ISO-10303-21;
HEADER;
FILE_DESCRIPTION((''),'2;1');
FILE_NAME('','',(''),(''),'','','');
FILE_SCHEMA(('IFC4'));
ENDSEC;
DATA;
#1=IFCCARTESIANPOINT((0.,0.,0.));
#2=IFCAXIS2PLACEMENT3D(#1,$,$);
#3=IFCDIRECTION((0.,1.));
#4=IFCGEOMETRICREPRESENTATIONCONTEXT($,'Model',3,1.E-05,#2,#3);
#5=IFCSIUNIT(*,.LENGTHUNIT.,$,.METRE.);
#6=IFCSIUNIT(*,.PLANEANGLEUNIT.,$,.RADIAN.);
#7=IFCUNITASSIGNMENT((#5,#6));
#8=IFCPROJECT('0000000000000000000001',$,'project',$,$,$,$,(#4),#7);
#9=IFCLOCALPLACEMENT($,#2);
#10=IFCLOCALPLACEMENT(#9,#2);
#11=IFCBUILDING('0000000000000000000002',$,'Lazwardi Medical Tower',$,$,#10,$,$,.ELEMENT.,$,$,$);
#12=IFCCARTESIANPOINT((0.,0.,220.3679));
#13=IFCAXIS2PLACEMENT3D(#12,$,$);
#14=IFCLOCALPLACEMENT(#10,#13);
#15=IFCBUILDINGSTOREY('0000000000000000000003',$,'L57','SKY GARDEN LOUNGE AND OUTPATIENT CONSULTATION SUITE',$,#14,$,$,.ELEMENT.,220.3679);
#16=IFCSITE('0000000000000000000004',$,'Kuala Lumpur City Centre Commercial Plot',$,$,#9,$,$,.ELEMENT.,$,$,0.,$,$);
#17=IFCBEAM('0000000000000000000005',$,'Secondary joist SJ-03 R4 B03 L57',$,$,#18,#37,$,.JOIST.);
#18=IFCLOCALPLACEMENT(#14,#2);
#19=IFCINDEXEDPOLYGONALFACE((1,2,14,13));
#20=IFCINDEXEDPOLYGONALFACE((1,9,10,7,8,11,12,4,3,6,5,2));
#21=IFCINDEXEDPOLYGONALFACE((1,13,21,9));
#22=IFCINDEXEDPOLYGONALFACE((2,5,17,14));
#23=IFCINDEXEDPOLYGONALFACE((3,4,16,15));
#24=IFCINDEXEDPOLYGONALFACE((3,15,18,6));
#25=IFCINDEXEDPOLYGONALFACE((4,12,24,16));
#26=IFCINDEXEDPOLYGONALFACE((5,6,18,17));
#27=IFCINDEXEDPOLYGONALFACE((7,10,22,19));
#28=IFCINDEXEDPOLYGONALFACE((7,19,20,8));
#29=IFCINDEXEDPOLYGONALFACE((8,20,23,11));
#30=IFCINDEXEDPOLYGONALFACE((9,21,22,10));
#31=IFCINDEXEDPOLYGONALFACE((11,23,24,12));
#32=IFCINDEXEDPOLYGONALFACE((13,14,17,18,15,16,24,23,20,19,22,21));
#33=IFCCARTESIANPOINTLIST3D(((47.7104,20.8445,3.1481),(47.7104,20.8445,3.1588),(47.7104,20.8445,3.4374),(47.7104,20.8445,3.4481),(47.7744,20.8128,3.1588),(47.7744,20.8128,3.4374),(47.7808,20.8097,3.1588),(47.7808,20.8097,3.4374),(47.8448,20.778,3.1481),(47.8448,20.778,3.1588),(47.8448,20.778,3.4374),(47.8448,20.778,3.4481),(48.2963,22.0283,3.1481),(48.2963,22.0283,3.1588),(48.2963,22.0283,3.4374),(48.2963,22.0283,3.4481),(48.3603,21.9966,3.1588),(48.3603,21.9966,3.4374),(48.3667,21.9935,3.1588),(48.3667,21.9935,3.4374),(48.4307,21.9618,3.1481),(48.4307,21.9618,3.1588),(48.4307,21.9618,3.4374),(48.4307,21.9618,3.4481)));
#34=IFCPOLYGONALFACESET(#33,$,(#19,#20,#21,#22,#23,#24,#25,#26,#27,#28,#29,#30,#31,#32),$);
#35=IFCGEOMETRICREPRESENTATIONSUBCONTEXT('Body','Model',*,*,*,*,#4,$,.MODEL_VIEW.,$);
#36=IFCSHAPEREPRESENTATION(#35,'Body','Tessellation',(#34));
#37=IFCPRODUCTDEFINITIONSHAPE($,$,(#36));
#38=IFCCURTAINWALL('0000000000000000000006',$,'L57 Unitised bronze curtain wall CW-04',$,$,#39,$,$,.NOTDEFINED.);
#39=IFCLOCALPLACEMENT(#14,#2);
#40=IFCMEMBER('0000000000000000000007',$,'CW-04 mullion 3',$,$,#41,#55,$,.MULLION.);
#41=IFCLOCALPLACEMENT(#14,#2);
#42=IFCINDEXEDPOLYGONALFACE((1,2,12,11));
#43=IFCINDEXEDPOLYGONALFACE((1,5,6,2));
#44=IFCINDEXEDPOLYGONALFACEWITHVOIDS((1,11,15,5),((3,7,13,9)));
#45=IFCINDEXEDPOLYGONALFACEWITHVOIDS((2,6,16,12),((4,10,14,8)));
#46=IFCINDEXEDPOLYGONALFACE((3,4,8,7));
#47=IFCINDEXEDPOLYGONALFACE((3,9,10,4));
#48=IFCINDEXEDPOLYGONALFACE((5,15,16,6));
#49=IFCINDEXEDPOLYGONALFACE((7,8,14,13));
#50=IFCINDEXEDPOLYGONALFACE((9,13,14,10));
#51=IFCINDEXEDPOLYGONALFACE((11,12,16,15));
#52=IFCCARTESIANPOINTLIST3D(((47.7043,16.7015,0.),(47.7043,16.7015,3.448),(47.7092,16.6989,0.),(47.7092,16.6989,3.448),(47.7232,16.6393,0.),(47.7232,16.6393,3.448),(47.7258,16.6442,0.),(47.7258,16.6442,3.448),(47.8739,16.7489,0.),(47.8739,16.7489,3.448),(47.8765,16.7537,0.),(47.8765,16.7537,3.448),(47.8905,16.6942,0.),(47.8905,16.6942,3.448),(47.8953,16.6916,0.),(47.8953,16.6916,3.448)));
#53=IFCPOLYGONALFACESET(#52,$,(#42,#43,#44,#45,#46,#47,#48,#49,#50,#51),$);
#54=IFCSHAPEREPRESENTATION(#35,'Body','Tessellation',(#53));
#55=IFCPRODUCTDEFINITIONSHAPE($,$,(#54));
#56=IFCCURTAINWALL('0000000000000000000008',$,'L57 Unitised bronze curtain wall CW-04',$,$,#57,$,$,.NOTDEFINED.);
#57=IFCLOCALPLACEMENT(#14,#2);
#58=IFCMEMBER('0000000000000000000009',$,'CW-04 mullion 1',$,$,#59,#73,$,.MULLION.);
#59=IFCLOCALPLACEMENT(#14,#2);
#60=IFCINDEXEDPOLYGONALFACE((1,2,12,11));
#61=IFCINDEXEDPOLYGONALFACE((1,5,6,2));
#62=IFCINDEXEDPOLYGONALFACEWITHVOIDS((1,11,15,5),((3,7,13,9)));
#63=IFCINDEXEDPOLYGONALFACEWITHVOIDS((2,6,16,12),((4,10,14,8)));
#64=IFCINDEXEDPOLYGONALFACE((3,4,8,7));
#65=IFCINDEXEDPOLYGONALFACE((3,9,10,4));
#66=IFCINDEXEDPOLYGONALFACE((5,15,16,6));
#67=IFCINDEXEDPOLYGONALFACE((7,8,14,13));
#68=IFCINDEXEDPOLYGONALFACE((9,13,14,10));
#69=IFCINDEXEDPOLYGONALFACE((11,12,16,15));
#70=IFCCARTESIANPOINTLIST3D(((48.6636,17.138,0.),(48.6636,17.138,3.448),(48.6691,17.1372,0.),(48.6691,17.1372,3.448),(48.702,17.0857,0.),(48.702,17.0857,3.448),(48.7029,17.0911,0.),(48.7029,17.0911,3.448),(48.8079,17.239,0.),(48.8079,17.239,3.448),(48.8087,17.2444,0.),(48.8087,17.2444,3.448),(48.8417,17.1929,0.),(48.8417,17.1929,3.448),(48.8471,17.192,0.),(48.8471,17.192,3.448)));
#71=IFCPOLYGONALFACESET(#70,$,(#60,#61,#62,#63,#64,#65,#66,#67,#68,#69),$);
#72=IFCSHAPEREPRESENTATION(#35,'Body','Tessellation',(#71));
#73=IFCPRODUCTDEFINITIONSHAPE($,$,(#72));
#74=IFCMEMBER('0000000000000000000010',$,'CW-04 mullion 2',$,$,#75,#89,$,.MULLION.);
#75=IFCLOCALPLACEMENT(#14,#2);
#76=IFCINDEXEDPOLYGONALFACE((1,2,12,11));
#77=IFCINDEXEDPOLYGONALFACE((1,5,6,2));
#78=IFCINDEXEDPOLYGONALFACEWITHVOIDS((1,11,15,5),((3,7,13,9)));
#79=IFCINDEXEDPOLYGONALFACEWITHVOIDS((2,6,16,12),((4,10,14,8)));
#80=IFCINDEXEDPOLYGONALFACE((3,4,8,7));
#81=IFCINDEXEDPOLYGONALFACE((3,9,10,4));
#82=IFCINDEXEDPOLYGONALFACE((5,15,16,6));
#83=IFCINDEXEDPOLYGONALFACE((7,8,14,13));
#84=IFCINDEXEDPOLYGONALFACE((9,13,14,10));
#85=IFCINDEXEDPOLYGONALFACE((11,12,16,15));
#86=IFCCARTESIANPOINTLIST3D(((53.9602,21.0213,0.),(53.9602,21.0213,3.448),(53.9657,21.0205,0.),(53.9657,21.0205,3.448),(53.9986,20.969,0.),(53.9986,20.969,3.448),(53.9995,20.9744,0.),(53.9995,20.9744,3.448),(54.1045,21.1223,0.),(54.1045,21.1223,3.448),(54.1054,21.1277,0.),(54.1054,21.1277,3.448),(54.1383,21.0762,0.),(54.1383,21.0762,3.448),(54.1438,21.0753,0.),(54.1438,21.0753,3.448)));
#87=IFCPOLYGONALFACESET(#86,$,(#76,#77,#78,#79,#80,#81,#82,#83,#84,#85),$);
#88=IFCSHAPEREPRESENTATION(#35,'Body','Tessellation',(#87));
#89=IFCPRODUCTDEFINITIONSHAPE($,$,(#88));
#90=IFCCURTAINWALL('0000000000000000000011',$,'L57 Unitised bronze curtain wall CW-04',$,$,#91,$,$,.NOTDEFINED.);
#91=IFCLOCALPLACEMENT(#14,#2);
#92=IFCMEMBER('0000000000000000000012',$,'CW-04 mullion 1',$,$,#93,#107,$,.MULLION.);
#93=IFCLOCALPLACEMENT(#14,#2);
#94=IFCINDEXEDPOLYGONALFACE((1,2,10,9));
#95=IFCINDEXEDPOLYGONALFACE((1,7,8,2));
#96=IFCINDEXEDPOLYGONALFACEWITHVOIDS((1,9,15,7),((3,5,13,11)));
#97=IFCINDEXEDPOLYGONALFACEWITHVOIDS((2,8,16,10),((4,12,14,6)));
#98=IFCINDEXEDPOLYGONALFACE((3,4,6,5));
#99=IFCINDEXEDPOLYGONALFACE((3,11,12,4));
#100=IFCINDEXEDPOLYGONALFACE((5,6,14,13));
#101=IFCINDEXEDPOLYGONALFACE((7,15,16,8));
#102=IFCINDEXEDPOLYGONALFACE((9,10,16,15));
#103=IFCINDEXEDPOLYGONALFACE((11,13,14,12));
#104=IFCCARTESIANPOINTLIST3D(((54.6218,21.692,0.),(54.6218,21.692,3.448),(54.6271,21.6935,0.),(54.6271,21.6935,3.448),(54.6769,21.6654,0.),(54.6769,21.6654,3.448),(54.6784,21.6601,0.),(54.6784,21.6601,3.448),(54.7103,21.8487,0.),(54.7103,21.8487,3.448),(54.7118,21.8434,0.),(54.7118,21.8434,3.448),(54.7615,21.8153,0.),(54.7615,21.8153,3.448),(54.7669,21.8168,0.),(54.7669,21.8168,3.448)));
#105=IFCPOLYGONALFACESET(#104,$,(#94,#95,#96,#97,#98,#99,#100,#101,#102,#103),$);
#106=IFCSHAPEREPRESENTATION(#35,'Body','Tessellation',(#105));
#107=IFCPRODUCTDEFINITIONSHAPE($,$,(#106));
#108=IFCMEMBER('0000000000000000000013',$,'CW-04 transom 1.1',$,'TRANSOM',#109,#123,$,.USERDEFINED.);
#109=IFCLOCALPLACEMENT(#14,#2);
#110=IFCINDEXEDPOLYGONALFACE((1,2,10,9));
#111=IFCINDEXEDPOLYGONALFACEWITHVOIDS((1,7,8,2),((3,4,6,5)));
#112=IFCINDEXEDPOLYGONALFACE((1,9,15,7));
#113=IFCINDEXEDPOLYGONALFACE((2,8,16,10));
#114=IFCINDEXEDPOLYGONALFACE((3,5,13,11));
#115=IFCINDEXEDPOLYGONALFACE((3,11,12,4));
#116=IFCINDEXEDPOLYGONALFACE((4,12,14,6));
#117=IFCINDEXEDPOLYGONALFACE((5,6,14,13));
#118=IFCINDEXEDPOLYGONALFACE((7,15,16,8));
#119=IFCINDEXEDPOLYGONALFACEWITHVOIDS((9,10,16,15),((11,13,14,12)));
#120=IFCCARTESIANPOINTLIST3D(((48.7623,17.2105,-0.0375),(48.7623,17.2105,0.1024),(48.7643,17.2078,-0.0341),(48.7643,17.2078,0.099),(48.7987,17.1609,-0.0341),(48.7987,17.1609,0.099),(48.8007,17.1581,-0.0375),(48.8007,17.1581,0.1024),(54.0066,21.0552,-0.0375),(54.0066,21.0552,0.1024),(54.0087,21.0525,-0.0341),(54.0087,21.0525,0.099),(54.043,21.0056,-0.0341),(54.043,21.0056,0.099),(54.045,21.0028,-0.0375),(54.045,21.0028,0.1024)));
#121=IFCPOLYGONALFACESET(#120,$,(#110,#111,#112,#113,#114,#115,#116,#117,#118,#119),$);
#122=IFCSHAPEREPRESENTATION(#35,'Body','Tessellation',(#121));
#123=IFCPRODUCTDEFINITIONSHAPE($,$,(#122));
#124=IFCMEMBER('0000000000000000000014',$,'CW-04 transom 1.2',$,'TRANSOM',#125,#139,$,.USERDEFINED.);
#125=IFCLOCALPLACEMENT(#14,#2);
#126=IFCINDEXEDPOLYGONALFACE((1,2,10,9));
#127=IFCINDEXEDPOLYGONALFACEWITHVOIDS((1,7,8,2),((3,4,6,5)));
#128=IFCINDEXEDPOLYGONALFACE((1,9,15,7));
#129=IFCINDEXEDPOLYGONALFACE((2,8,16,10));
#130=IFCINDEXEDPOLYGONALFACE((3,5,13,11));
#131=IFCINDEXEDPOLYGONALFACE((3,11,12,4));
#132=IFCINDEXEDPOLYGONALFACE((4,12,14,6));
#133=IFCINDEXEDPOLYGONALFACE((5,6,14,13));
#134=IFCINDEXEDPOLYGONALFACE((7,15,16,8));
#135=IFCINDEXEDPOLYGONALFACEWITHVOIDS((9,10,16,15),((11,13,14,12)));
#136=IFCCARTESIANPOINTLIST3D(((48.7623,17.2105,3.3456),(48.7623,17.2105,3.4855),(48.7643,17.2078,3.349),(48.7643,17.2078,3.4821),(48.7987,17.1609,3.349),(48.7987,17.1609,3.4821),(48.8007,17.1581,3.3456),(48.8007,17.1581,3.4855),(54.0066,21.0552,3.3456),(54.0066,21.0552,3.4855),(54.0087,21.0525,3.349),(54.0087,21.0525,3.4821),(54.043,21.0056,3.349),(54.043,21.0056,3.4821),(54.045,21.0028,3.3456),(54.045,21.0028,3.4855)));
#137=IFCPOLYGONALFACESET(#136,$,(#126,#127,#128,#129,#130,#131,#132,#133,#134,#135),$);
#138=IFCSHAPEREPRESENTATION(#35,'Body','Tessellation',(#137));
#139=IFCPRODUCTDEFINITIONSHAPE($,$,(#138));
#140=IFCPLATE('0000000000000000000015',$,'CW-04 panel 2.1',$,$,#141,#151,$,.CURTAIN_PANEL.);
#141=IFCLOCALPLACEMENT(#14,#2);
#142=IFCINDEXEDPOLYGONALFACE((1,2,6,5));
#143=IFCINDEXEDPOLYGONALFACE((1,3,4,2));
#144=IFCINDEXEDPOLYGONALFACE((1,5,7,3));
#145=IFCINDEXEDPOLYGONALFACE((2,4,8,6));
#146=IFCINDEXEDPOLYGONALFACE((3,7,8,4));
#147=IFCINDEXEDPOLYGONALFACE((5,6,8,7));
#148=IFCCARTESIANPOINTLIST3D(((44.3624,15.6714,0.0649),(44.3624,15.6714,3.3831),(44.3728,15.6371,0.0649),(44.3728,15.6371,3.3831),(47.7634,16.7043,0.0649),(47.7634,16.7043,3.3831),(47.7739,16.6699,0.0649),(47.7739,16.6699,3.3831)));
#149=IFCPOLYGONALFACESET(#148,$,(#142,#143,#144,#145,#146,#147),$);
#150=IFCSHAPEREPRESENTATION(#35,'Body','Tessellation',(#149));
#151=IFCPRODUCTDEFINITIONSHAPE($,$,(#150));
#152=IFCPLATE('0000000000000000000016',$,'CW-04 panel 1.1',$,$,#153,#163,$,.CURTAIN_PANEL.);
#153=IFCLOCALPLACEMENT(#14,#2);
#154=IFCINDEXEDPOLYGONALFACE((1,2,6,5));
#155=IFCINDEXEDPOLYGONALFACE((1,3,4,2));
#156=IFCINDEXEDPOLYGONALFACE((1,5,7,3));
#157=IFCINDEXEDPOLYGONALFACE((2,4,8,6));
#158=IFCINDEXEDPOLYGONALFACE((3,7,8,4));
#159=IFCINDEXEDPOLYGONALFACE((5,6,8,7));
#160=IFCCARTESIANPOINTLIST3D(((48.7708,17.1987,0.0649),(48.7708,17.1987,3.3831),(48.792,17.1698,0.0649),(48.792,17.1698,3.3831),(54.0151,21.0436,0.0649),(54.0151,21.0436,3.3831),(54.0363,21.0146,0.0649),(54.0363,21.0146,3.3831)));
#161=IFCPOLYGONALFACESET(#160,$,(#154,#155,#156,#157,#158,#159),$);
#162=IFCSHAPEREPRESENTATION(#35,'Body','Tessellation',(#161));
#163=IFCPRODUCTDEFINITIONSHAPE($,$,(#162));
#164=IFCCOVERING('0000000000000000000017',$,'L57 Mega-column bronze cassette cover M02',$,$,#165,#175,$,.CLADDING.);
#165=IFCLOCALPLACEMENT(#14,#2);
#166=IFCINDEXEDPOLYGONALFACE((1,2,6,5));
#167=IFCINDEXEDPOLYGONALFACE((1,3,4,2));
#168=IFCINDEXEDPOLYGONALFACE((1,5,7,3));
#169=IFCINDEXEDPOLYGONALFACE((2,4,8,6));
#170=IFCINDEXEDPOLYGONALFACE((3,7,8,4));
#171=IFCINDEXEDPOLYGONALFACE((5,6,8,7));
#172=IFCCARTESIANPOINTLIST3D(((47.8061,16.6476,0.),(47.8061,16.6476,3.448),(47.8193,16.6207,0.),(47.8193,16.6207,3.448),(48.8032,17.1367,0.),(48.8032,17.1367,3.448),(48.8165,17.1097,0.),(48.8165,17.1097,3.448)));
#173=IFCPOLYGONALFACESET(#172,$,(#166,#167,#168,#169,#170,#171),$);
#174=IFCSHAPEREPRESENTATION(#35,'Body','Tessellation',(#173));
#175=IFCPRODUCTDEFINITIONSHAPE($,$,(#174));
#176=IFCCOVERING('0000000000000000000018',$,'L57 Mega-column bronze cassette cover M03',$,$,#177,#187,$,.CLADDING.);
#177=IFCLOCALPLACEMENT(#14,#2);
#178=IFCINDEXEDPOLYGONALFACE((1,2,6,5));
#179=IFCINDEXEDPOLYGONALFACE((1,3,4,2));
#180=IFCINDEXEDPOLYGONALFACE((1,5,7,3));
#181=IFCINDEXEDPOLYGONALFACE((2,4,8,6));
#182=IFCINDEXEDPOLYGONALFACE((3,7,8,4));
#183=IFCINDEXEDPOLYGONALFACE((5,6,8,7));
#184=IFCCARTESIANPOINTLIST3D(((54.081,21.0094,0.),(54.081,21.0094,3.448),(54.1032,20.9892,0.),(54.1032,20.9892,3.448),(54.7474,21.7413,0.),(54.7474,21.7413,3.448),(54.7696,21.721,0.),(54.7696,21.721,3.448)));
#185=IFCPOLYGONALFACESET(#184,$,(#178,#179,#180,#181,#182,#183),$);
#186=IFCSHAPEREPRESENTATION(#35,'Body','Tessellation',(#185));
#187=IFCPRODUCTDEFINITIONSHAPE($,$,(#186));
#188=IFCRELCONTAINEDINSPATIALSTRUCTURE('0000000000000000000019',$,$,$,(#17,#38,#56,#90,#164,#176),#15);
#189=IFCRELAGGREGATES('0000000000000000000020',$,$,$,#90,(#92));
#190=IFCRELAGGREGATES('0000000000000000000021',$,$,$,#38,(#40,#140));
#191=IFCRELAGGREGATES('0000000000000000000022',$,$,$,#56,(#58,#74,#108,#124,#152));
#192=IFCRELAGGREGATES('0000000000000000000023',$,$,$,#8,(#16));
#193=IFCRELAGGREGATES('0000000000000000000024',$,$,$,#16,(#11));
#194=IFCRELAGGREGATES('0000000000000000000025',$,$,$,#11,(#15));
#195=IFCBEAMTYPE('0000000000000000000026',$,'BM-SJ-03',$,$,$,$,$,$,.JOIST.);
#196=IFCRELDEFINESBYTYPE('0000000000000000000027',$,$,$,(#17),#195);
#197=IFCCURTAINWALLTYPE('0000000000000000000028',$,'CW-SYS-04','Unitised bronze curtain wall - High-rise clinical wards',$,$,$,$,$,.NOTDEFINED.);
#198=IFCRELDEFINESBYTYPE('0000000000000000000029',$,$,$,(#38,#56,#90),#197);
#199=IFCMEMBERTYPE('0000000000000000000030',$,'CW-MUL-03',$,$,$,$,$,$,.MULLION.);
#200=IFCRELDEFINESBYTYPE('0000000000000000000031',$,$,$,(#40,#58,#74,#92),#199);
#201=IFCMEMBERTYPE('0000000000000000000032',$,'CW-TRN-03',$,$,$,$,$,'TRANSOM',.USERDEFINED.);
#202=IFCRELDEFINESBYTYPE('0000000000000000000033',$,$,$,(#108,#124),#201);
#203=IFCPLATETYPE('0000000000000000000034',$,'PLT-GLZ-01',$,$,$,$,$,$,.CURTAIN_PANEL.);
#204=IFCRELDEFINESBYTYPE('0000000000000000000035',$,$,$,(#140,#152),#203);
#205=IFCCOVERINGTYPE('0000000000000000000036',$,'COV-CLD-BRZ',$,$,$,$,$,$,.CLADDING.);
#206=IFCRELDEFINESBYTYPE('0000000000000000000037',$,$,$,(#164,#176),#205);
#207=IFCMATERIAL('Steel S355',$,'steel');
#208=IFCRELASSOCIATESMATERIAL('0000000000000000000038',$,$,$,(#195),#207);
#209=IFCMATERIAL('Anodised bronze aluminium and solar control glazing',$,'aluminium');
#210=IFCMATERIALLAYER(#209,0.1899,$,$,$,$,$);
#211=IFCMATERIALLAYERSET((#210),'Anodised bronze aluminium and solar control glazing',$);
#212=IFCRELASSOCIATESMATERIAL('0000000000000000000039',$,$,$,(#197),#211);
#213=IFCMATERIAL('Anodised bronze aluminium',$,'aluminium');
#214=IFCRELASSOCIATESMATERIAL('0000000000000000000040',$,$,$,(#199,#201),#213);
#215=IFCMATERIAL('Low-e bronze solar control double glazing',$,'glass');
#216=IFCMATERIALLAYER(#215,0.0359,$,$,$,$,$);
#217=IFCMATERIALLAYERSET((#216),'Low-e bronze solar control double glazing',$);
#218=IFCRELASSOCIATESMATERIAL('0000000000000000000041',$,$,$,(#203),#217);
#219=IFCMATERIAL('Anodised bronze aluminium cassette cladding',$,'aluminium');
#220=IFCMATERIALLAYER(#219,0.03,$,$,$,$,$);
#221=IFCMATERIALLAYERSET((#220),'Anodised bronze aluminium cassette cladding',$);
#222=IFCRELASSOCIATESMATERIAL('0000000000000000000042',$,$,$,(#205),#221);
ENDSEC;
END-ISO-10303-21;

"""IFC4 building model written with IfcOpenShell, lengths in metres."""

from ifc_helpers import new_model, si_unit, direction, frame, origin, origin_2d, place, context, subcontext, project, spatial, rectangle, hollow_rectangle, i_section, extrude, material, layer, layer_set, material_profile, profile_set, type_object, element, aggregate, save


model = new_model("IFC4")

# Units and contexts
model_context = context("Model", 3, precision=1e-05, world=origin(), true_north=direction((0.0, 1.0)))
body_context = subcontext(model_context, "Body", "Model", "MODEL_VIEW")
ifc_project = project(units=[si_unit("LENGTHUNIT", "METRE"), si_unit("PLANEANGLEUNIT", "RADIAN")], contexts=[model_context])

# Site, building, storey
site_placement = place(None, origin())
site = spatial("IfcSite", under=ifc_project, at=site_placement, Name="Kuala Lumpur City Centre Commercial Plot", CompositionType="ELEMENT", RefElevation=0.0)
building_placement = place(site_placement, origin())
building = spatial("IfcBuilding", under=site, at=building_placement, Name="Lazwardi Medical Tower", CompositionType="ELEMENT")
storey_placement = place(building_placement, frame((0.0, 0.0, 220.3679)))
storey = spatial("IfcBuildingStorey", under=building, at=storey_placement, Name="L57", Description="SKY GARDEN LOUNGE AND OUTPATIENT CONSULTATION SUITE", CompositionType="ELEMENT", Elevation=220.3679)

# Beam
ifc_material_1 = material(Name="Steel S355", Category="steel")
ifc_material_profile_1 = material_profile(ifc_material_1, i_section(OverallWidth=0.1499, OverallDepth=0.3, WebThickness=0.0071, FlangeThickness=0.0107, at=origin_2d()), Name="IPE 300")
ifc_profile_set_1 = profile_set([ifc_material_profile_1], Name="Steel S355")
beam_type_1 = type_object("IfcBeamType", Name="BM-SJ-03", PredefinedType="JOIST", material=ifc_profile_set_1)
beam_1_placement = place(storey_placement, frame((47.7776, 20.8113, 3.2981), z_axis=(0.443587, 0.896231, 0.0), x_axis=(-0.896231, 0.443587, 0.0)))
element("IfcBeam", 1, at=beam_1_placement, inside=storey, type_object=beam_type_1, Name="Secondary joist SJ-03 R4 B03 L57", PredefinedType="JOIST", context=body_context, shape_type="SweptSolid", body=[
    extrude(i_section(OverallWidth=0.1499, OverallDepth=0.3, WebThickness=0.0071, FlangeThickness=0.0107, at=origin_2d()), origin(), (0.0, 0.0, 1.0), 1.3208),
])

# Curtain wall, member
ifc_material_2 = material(Name="Anodised bronze aluminium and solar control glazing", Category="aluminium")
ifc_layer_1 = layer(ifc_material_2, 0.1899)
ifc_layer_set_1 = layer_set([ifc_layer_1], Name="Anodised bronze aluminium and solar control glazing")
curtain_wall_type = type_object("IfcCurtainWallType", Name="CW-SYS-04", Description="Unitised bronze curtain wall - High-rise clinical wards", PredefinedType="NOTDEFINED", material=ifc_layer_set_1)
curtain_wall_1_placement = place(storey_placement, origin())
curtain_wall_1 = element("IfcCurtainWall", 2, at=curtain_wall_1_placement, inside=storey, type_object=curtain_wall_type, Name="L57 Unitised bronze curtain wall CW-04", PredefinedType="NOTDEFINED")
ifc_material_3 = material(Name="Anodised bronze aluminium", Category="aluminium")
ifc_material_profile_2 = material_profile(ifc_material_3, hollow_rectangle(XDim=0.0649, YDim=0.1799, WallThickness=0.0039, at=origin_2d()), Name="ALU-MULLION 180x65x4")
ifc_profile_set_2 = profile_set([ifc_material_profile_2], Name="Anodised bronze aluminium")
member_type_1 = type_object("IfcMemberType", Name="CW-MUL-03", PredefinedType="MULLION", material=ifc_profile_set_2)
member_1_placement = place(storey_placement, frame((47.7998, 16.6965, 0.0), z_axis=(0.0, 0.0, 1.0), x_axis=(-0.290582, 0.95685, 0.0)))
member_1 = element("IfcMember", 3, at=member_1_placement, type_object=member_type_1, Name="CW-04 mullion 3", PredefinedType="MULLION", context=body_context, shape_type="SweptSolid", body=[
    extrude(hollow_rectangle(XDim=0.0649, YDim=0.1799, WallThickness=0.0039, at=origin_2d()), origin(), (0.0, 0.0, 1.0), 3.448),
])

# Curtain wall, members
curtain_wall_2_placement = place(storey_placement, origin())
curtain_wall_2 = element("IfcCurtainWall", 4, at=curtain_wall_2_placement, inside=storey, type_object=curtain_wall_type, Name="L57 Unitised bronze curtain wall CW-04", PredefinedType="NOTDEFINED")
member_2_placement = place(storey_placement, frame((48.7554, 17.165, 0.0), z_axis=(0.0, 0.0, 1.0), x_axis=(-0.591268, 0.806475, 0.0)))
member_2 = element("IfcMember", 5, at=member_2_placement, type_object=member_type_1, Name="CW-04 mullion 1", PredefinedType="MULLION", context=body_context, shape_type="SweptSolid", body=[
    extrude(hollow_rectangle(XDim=0.0649, YDim=0.1799, WallThickness=0.0039, at=origin_2d()), origin(), (0.0, 0.0, 1.0), 3.448),
])
member_3_placement = place(storey_placement, frame((54.052, 21.0483, 0.0), z_axis=(0.0, 0.0, 1.0), x_axis=(-0.591268, 0.806475, 0.0)))
member_3 = element("IfcMember", 6, at=member_3_placement, type_object=member_type_1, Name="CW-04 mullion 2", PredefinedType="MULLION", context=body_context, shape_type="SweptSolid", body=[
    extrude(hollow_rectangle(XDim=0.0649, YDim=0.1799, WallThickness=0.0039, at=origin_2d()), origin(), (0.0, 0.0, 1.0), 3.448),
])

# Curtain wall, member
curtain_wall_3_placement = place(storey_placement, origin())
curtain_wall_3 = element("IfcCurtainWall", 7, at=curtain_wall_3_placement, inside=storey, type_object=curtain_wall_type, Name="L57 Unitised bronze curtain wall CW-04", PredefinedType="NOTDEFINED")
member_4_placement = place(storey_placement, frame((54.6943, 21.7544, 0.0), z_axis=(0.0, 0.0, 1.0), x_axis=(-0.870651, 0.4919, 0.0)))
member_4 = element("IfcMember", 8, at=member_4_placement, type_object=member_type_1, Name="CW-04 mullion 1", PredefinedType="MULLION", context=body_context, shape_type="SweptSolid", body=[
    extrude(hollow_rectangle(XDim=0.0649, YDim=0.1799, WallThickness=0.0039, at=origin_2d()), origin(), (0.0, 0.0, 1.0), 3.448),
])
aggregate(curtain_wall_3, [member_4])

# Members
ifc_material_profile_3 = material_profile(ifc_material_3, hollow_rectangle(XDim=0.0649, YDim=0.1399, WallThickness=0.0034, at=origin_2d()), Name="ALU-TRANSOM 140x65x3.5")
ifc_profile_set_3 = profile_set([ifc_material_profile_3], Name="Anodised bronze aluminium")
member_type_2 = type_object("IfcMemberType", Name="CW-TRN-03", ElementType="TRANSOM", PredefinedType="USERDEFINED", material=ifc_profile_set_3)
member_5_placement = place(storey_placement, frame((48.7815, 17.1843, 0.0325), z_axis=(0.80649, 0.591248, 0.0), x_axis=(-0.591248, 0.80649, 0.0)))
member_5 = element("IfcMember", 9, at=member_5_placement, type_object=member_type_2, Name="CW-04 transom 1.1", ObjectType="TRANSOM", PredefinedType="USERDEFINED", context=body_context, shape_type="SweptSolid", body=[
    extrude(hollow_rectangle(XDim=0.0649, YDim=0.1399, WallThickness=0.0034, at=origin_2d()), origin(), (0.0, 0.0, 1.0), 6.5027),
])
member_6_placement = place(storey_placement, frame((48.7815, 17.1843, 3.4155), z_axis=(0.80649, 0.591248, 0.0), x_axis=(-0.591248, 0.80649, 0.0)))
member_6 = element("IfcMember", 10, at=member_6_placement, type_object=member_type_2, Name="CW-04 transom 1.2", ObjectType="TRANSOM", PredefinedType="USERDEFINED", context=body_context, shape_type="SweptSolid", body=[
    extrude(hollow_rectangle(XDim=0.0649, YDim=0.1399, WallThickness=0.0034, at=origin_2d()), origin(), (0.0, 0.0, 1.0), 6.5027),
])

# Plates
ifc_material_4 = material(Name="Low-e bronze solar control double glazing", Category="glass")
ifc_layer_2 = layer(ifc_material_4, 0.0359)
ifc_layer_set_2 = layer_set([ifc_layer_2], Name="Low-e bronze solar control double glazing")
plate_type = type_object("IfcPlateType", Name="PLT-GLZ-01", PredefinedType="CURTAIN_PANEL", material=ifc_layer_set_2)
plate_1_placement = place(storey_placement, frame((46.0681, 16.1707, 0.0649), z_axis=(0.0, 0.0, 1.0), x_axis=(0.95685, 0.290582, 0.0)))
plate_1 = element("IfcPlate", 11, at=plate_1_placement, type_object=plate_type, Name="CW-04 panel 2.1", PredefinedType="CURTAIN_PANEL", context=body_context, shape_type="SweptSolid", body=[
    extrude(rectangle(XDim=3.5544, YDim=0.0359, at=origin_2d()), origin(), (0.0, 0.0, 1.0), 3.3181),
])
aggregate(curtain_wall_1, [member_1, plate_1])
plate_2_placement = place(storey_placement, frame((51.4036, 19.1067, 0.0649), z_axis=(0.0, 0.0, 1.0), x_axis=(0.806475, 0.591268, 0.0)))
plate_2 = element("IfcPlate", 12, at=plate_2_placement, type_object=plate_type, Name="CW-04 panel 1.1", PredefinedType="CURTAIN_PANEL", context=body_context, shape_type="SweptSolid", body=[
    extrude(rectangle(XDim=6.5027, YDim=0.0359, at=origin_2d()), origin(), (0.0, 0.0, 1.0), 3.3181),
])
aggregate(curtain_wall_2, [member_2, member_3, member_5, member_6, plate_2])

# Coverings
ifc_material_5 = material(Name="Anodised bronze aluminium cassette cladding", Category="aluminium")
ifc_layer_3 = layer(ifc_material_5, 0.03)
ifc_layer_set_3 = layer_set([ifc_layer_3], Name="Anodised bronze aluminium cassette cladding")
covering_type = type_object("IfcCoveringType", Name="COV-CLD-BRZ", PredefinedType="CLADDING", material=ifc_layer_set_3)
covering_1_placement = place(storey_placement, frame((48.3113, 16.8787, 0.0), z_axis=(0.0, 0.0, 1.0), x_axis=(0.89784, 0.440322, 0.0)))
element("IfcCovering", 13, at=covering_1_placement, inside=storey, type_object=covering_type, Name="L57 Mega-column bronze cassette cover M02", PredefinedType="CLADDING", context=body_context, shape_type="SweptSolid", body=[
    extrude(rectangle(XDim=1.1106, YDim=0.03, at=origin_2d()), origin(), (0.0, 0.0, 1.0), 3.448),
])
covering_2_placement = place(storey_placement, frame((54.4253, 21.3652, 0.0), z_axis=(0.0, 0.0, 1.0), x_axis=(0.673241, 0.739423, 0.0)))
element("IfcCovering", 14, at=covering_2_placement, inside=storey, type_object=covering_type, Name="L57 Mega-column bronze cassette cover M03", PredefinedType="CLADDING", context=body_context, shape_type="SweptSolid", body=[
    extrude(rectangle(XDim=0.9897, YDim=0.03, at=origin_2d()), origin(), (0.0, 0.0, 1.0), 3.448),
])

save(model, "model.ifc")
